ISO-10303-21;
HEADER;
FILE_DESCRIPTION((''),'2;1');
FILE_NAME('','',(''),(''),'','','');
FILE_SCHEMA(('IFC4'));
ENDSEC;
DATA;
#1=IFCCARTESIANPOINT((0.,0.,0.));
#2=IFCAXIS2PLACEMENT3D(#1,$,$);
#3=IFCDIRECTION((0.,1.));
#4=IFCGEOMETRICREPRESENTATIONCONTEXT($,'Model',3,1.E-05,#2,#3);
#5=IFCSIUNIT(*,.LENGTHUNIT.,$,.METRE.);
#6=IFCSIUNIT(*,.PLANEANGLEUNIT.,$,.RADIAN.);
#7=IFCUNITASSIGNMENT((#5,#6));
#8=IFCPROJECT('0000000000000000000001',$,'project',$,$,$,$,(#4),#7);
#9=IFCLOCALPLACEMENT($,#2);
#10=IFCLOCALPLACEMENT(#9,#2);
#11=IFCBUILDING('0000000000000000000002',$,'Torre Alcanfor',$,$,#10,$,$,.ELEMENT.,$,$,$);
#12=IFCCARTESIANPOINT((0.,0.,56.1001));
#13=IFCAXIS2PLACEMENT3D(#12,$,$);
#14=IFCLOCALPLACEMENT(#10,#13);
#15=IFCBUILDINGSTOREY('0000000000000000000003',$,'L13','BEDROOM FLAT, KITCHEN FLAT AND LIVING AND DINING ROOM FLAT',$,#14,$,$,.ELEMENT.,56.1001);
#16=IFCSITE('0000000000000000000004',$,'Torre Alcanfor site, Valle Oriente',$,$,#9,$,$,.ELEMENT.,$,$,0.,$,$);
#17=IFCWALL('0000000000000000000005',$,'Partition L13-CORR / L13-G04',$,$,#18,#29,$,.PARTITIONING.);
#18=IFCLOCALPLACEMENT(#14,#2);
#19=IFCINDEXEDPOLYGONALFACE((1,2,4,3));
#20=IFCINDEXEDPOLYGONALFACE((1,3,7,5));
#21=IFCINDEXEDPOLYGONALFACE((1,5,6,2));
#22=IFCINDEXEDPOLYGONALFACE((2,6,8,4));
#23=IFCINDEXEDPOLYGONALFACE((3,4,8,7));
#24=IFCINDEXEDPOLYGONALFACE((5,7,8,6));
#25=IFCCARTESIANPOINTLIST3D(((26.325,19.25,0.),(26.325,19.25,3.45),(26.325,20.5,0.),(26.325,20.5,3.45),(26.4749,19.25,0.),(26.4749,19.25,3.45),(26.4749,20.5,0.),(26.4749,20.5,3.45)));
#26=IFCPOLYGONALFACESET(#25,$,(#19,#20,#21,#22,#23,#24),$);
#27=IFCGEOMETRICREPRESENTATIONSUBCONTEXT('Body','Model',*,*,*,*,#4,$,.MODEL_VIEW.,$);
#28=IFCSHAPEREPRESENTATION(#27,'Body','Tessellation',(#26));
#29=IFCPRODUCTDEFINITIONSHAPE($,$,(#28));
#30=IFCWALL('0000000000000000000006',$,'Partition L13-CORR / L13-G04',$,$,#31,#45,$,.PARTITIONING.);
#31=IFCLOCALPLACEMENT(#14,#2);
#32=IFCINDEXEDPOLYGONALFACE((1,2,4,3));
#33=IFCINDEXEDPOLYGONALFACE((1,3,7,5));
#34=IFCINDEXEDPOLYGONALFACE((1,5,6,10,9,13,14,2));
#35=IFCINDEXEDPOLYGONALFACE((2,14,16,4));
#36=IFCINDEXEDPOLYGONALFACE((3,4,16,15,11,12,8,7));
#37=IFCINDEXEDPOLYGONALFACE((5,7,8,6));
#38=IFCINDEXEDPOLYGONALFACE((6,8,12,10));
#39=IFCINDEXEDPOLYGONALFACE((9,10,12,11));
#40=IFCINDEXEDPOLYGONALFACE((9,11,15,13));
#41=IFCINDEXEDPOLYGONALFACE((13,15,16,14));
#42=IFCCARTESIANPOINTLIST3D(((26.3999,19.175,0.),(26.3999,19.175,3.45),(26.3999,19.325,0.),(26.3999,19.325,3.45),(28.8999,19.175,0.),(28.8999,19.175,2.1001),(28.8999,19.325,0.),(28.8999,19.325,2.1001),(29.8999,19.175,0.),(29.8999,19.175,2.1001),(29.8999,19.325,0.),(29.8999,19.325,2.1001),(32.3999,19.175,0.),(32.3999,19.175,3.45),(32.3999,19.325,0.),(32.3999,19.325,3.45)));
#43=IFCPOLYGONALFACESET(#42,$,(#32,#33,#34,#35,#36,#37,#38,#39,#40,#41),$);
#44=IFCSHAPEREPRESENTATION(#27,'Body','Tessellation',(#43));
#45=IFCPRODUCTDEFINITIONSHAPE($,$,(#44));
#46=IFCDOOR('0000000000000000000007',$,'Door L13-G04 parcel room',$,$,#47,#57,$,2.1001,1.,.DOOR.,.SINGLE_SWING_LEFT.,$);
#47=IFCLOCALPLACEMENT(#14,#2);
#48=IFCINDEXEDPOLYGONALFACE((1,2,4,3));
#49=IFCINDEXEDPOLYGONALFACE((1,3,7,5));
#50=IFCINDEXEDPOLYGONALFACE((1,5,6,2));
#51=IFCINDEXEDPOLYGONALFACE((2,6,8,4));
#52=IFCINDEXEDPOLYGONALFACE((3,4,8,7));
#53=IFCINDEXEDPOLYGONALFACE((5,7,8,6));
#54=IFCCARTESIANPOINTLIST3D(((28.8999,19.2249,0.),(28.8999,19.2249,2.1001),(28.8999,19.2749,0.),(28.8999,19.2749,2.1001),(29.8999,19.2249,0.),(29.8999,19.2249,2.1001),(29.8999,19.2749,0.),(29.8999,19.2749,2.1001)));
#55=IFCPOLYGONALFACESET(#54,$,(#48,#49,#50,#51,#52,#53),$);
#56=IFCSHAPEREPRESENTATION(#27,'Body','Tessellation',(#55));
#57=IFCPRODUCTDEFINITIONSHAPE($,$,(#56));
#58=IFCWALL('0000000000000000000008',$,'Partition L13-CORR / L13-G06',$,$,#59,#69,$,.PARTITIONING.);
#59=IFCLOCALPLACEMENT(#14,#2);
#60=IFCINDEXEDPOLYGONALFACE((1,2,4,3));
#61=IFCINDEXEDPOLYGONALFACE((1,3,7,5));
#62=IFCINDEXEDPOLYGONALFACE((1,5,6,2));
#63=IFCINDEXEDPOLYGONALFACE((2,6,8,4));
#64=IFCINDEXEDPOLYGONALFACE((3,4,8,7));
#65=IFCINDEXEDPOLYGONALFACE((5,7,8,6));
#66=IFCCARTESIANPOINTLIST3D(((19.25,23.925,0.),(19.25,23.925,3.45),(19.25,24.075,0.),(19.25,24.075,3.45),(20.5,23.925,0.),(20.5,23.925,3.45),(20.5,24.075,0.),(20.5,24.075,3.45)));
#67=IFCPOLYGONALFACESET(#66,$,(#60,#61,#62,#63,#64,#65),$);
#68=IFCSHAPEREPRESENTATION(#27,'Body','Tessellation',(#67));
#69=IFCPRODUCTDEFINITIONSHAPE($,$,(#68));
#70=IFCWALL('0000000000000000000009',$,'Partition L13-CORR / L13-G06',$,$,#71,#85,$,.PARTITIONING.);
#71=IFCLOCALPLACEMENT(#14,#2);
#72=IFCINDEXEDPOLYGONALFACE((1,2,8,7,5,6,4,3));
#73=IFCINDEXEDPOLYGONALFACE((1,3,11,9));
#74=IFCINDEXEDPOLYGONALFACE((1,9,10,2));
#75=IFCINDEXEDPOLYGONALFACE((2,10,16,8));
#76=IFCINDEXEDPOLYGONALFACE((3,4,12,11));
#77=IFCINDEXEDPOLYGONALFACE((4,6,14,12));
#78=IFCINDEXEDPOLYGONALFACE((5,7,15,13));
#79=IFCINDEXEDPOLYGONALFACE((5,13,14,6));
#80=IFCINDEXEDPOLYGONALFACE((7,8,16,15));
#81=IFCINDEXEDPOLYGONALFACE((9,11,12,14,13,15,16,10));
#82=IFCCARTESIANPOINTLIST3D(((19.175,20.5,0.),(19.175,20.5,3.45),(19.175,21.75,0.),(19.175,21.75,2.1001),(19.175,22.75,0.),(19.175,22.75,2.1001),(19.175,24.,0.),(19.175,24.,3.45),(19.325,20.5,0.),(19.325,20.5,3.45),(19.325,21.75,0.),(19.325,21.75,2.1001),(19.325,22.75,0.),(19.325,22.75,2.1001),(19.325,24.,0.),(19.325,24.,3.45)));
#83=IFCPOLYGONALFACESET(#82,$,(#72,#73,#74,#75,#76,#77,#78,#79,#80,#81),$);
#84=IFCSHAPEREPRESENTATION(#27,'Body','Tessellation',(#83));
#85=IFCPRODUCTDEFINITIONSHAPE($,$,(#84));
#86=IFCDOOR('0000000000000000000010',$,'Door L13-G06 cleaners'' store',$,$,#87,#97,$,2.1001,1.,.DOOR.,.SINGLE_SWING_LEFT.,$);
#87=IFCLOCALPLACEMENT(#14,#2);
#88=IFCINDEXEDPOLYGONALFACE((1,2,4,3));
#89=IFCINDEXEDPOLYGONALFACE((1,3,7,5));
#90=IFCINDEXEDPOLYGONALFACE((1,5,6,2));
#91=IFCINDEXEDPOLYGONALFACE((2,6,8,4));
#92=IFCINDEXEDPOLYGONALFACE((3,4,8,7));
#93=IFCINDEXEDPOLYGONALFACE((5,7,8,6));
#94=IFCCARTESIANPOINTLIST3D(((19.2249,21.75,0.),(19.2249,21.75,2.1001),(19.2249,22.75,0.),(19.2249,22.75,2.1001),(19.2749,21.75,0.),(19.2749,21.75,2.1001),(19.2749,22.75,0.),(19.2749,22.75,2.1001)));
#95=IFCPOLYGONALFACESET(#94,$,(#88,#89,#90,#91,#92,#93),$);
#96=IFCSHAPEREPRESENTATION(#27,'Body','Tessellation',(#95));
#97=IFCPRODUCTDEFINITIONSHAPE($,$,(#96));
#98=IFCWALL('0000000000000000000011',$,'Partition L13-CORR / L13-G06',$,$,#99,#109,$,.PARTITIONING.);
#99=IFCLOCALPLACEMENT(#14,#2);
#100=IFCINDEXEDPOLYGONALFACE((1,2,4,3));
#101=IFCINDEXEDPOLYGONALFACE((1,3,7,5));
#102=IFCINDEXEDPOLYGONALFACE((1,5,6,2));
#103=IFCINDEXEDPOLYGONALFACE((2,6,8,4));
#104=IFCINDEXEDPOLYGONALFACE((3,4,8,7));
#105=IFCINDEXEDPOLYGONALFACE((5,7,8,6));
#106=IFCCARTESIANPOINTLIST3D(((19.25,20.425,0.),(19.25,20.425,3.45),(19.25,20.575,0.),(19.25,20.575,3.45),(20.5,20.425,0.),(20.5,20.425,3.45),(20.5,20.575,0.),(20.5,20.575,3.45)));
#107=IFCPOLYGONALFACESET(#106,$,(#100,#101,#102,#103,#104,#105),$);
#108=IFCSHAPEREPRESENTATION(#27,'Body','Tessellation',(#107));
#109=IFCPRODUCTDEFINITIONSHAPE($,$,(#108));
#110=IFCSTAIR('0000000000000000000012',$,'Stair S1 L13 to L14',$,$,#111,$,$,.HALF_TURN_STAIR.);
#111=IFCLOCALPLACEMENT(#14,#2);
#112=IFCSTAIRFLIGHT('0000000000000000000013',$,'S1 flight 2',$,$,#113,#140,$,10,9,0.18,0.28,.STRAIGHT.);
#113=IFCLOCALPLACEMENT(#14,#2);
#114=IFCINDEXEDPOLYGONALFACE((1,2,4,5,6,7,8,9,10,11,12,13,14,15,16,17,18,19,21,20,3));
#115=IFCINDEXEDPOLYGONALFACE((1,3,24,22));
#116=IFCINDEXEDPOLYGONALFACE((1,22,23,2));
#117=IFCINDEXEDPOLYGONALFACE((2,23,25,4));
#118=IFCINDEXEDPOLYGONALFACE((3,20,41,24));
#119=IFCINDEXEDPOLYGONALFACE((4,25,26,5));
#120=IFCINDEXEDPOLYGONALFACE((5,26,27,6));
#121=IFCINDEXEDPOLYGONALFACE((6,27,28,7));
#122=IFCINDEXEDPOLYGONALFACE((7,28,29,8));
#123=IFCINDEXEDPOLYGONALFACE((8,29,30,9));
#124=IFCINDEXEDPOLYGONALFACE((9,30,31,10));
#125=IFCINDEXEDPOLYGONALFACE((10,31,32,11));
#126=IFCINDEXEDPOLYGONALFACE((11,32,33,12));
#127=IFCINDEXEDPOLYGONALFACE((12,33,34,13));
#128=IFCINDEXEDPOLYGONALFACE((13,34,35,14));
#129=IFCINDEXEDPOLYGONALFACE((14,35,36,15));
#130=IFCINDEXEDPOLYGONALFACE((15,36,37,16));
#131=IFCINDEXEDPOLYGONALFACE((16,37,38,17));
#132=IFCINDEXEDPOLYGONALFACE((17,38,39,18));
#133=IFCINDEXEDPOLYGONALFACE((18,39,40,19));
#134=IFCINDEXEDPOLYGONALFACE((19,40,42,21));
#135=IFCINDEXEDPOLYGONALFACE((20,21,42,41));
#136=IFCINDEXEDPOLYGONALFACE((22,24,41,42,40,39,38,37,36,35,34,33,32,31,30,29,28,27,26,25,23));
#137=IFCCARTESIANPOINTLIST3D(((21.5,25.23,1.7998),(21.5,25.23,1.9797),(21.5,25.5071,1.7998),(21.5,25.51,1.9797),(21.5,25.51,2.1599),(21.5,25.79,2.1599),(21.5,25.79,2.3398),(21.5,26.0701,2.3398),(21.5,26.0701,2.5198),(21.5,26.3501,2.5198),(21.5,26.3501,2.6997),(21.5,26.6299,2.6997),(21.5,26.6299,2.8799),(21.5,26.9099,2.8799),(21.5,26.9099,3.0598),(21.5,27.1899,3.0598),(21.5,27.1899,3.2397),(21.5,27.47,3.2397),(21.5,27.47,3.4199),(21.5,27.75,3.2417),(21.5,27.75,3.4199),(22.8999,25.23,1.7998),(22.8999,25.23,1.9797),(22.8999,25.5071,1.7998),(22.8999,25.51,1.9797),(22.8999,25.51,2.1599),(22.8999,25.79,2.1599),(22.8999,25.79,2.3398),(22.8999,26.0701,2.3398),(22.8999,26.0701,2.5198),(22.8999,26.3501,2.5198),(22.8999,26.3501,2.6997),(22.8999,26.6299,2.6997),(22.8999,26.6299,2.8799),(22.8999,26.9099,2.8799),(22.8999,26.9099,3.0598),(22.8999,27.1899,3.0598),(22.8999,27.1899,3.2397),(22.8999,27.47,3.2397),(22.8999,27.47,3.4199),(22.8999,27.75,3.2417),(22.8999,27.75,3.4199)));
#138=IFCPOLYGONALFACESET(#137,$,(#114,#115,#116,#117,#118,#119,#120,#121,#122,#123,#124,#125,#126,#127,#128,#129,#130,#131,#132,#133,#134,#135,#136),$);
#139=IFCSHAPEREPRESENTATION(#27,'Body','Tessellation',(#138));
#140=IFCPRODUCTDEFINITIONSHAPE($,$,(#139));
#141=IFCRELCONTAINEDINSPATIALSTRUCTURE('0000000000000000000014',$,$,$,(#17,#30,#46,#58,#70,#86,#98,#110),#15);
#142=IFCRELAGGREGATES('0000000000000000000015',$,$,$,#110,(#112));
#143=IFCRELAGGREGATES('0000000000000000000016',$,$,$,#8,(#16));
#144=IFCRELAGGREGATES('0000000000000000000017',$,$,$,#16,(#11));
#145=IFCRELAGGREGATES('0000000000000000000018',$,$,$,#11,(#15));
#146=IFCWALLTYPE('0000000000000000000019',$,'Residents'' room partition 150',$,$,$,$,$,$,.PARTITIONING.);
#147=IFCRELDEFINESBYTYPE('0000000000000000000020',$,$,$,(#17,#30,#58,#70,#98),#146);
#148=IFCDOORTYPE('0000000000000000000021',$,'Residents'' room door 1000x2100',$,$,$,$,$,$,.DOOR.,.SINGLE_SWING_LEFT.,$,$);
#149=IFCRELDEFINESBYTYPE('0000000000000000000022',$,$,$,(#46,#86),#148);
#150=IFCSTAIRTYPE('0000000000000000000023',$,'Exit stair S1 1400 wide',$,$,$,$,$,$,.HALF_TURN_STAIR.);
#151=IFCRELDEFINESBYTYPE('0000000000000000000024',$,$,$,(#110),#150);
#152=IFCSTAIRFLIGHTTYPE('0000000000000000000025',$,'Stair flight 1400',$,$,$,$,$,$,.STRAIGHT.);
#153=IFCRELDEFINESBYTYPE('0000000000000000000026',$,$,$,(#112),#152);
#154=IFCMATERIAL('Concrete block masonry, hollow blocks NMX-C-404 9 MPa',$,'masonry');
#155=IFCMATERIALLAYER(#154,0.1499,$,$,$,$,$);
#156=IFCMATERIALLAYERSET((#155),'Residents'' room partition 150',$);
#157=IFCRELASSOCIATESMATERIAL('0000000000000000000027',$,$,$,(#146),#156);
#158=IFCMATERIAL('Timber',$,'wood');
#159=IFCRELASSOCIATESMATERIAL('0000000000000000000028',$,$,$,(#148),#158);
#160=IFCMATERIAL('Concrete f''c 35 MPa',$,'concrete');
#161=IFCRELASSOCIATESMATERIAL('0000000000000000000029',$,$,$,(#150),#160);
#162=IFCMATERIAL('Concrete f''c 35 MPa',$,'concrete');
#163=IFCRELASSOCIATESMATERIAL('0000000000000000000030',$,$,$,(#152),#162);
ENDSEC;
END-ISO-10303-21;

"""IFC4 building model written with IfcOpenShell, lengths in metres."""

from ifc_helpers import new_model, si_unit, direction, frame, frame_2d, origin, place, context, subcontext, project, spatial, polyline, rectangle, outline, extrude, material, layer, layer_set, type_object, element, fill, aggregate, save


model = new_model("IFC4")

# Units and contexts
model_context = context("Model", 3, precision=1e-05, world=origin(), true_north=direction((0.0, 1.0)))
body_context = subcontext(model_context, "Body", "Model", "MODEL_VIEW")
ifc_project = project(units=[si_unit("LENGTHUNIT", "METRE"), si_unit("PLANEANGLEUNIT", "RADIAN")], contexts=[model_context])

# Site, building, storey
site_placement = place(None, origin())
site = spatial("IfcSite", under=ifc_project, at=site_placement, Name="Torre Alcanfor site, Valle Oriente", CompositionType="ELEMENT", RefElevation=0.0)
building_placement = place(site_placement, origin())
building = spatial("IfcBuilding", under=site, at=building_placement, Name="Torre Alcanfor", CompositionType="ELEMENT")
storey_placement = place(building_placement, frame((0.0, 0.0, 56.1001)))
storey = spatial("IfcBuildingStorey", under=building, at=storey_placement, Name="L13", Description="BEDROOM FLAT, KITCHEN FLAT AND LIVING AND DINING ROOM FLAT", CompositionType="ELEMENT", Elevation=56.1001)

# Wall
ifc_material_1 = material(Name="Concrete block masonry, hollow blocks NMX-C-404 9 MPa", Category="masonry")
ifc_layer_1 = layer(ifc_material_1, 0.1499)
ifc_layer_set_1 = layer_set([ifc_layer_1], Name="Residents' room partition 150")
wall_type_1 = type_object("IfcWallType", Name="Residents' room partition 150", PredefinedType="PARTITIONING", material=ifc_layer_set_1)
wall_1_placement = place(storey_placement, frame((26.3999, 20.5, 0.0), z_axis=(0.0, 0.0, 1.0), x_axis=(0.0, -1.0, 0.0)))
element("IfcWall", 1, at=wall_1_placement, inside=storey, type_object=wall_type_1, Name="Partition L13-CORR / L13-G04", PredefinedType="PARTITIONING", context=body_context, shape_type="SweptSolid", body=[
    extrude(rectangle(XDim=1.25, YDim=0.1499, at=frame_2d((0.625, 0.0))), origin(), (0.0, 0.0, 1.0), 3.45),
])

# Wall, opening, door
wall_2_placement = place(storey_placement, frame((26.3999, 19.25, 0.0), z_axis=(0.0, 0.0, 1.0), x_axis=(1.0, 0.0, 0.0)))
wall_2 = element("IfcWall", 2, at=wall_2_placement, inside=storey, type_object=wall_type_1, Name="Partition L13-CORR / L13-G04", PredefinedType="PARTITIONING", context=body_context, shape_type="SweptSolid", body=[
    extrude(rectangle(XDim=6.0, YDim=0.1499, at=frame_2d((3.0, 0.0))), origin(), (0.0, 0.0, 1.0), 3.45),
])
opening_1_placement = place(wall_2_placement, frame((2.5, 0.0, 0.0)))
opening_1 = element("IfcOpeningElement", 3, at=opening_1_placement, cuts=wall_2, PredefinedType="OPENING", context=body_context, shape_type="SweptSolid", body=[
    extrude(rectangle(XDim=1.0, YDim=2.1001, at=frame_2d((0.5, 1.05))), frame((0.0, 0.085, 0.0), z_axis=(0.0, -1.0, 0.0), x_axis=(1.0, 0.0, 0.0)), (0.0, 0.0, 1.0), 0.1699),
])
ifc_material_2 = material(Name="Timber", Category="wood")
door_type_1 = type_object("IfcDoorType", Name="Residents' room door 1000x2100", OperationType="SINGLE_SWING_LEFT", PredefinedType="DOOR", material=ifc_material_2)
door_1_placement = place(opening_1_placement, origin())
door_1 = element("IfcDoor", 4, at=door_1_placement, inside=storey, type_object=door_type_1, Name="Door L13-G04 parcel room", OperationType="SINGLE_SWING_LEFT", OverallHeight=2.1001, OverallWidth=1.0, PredefinedType="DOOR", context=body_context, shape_type="SweptSolid", body=[
    extrude(rectangle(XDim=1.0, YDim=2.1001, at=frame_2d((0.5, 1.05))), frame((0.0, 0.0249, 0.0), z_axis=(0.0, -1.0, 0.0), x_axis=(1.0, 0.0, 0.0)), (0.0, 0.0, 1.0), 0.05),
])
fill(opening_1, door_1)

# Wall
wall_3_placement = place(storey_placement, frame((20.5, 24.0, 0.0), z_axis=(0.0, 0.0, 1.0), x_axis=(-1.0, 0.0, 0.0)))
element("IfcWall", 5, at=wall_3_placement, inside=storey, type_object=wall_type_1, Name="Partition L13-CORR / L13-G06", PredefinedType="PARTITIONING", context=body_context, shape_type="SweptSolid", body=[
    extrude(rectangle(XDim=1.25, YDim=0.1499, at=frame_2d((0.625, 0.0))), origin(), (0.0, 0.0, 1.0), 3.45),
])

# Wall, opening, door
wall_4_placement = place(storey_placement, frame((19.25, 24.0, 0.0), z_axis=(0.0, 0.0, 1.0), x_axis=(0.0, -1.0, 0.0)))
wall_4 = element("IfcWall", 6, at=wall_4_placement, inside=storey, type_object=wall_type_1, Name="Partition L13-CORR / L13-G06", PredefinedType="PARTITIONING", context=body_context, shape_type="SweptSolid", body=[
    extrude(rectangle(XDim=3.5, YDim=0.1499, at=frame_2d((1.75, 0.0))), origin(), (0.0, 0.0, 1.0), 3.45),
])
opening_2_placement = place(wall_4_placement, frame((1.25, 0.0, 0.0)))
opening_2 = element("IfcOpeningElement", 7, at=opening_2_placement, cuts=wall_4, PredefinedType="OPENING", context=body_context, shape_type="SweptSolid", body=[
    extrude(rectangle(XDim=1.0, YDim=2.1001, at=frame_2d((0.5, 1.05))), frame((0.0, 0.085, 0.0), z_axis=(0.0, -1.0, 0.0), x_axis=(1.0, 0.0, 0.0)), (0.0, 0.0, 1.0), 0.1699),
])
door_2_placement = place(opening_2_placement, origin())
door_2 = element("IfcDoor", 8, at=door_2_placement, inside=storey, type_object=door_type_1, Name="Door L13-G06 cleaners' store", OperationType="SINGLE_SWING_LEFT", OverallHeight=2.1001, OverallWidth=1.0, PredefinedType="DOOR", context=body_context, shape_type="SweptSolid", body=[
    extrude(rectangle(XDim=1.0, YDim=2.1001, at=frame_2d((0.5, 1.05))), frame((0.0, 0.0249, 0.0), z_axis=(0.0, -1.0, 0.0), x_axis=(1.0, 0.0, 0.0)), (0.0, 0.0, 1.0), 0.05),
])
fill(opening_2, door_2)

# Wall
wall_5_placement = place(storey_placement, frame((19.25, 20.5, 0.0), z_axis=(0.0, 0.0, 1.0), x_axis=(1.0, 0.0, 0.0)))
element("IfcWall", 9, at=wall_5_placement, inside=storey, type_object=wall_type_1, Name="Partition L13-CORR / L13-G06", PredefinedType="PARTITIONING", context=body_context, shape_type="SweptSolid", body=[
    extrude(rectangle(XDim=1.25, YDim=0.1499, at=frame_2d((0.625, 0.0))), origin(), (0.0, 0.0, 1.0), 3.45),
])

# Stair, stair flight
ifc_material_3 = material(Name="Concrete f'c 35 MPa", Category="concrete")
stair_type = type_object("IfcStairType", Name="Exit stair S1 1400 wide", PredefinedType="HALF_TURN_STAIR", material=ifc_material_3)
stair_placement = place(storey_placement, origin())
stair = element("IfcStair", 10, at=stair_placement, inside=storey, type_object=stair_type, Name="Stair S1 L13 to L14", PredefinedType="HALF_TURN_STAIR")
ifc_material_4 = material(Name="Concrete f'c 35 MPa", Category="concrete")
stair_flight_type = type_object("IfcStairFlightType", Name="Stair flight 1400", PredefinedType="STRAIGHT", material=ifc_material_4)
stair_flight_placement = place(storey_placement, frame((22.2, 25.23, 1.7998), z_axis=(0.0, 0.0, 1.0), x_axis=(0.0, 1.0, 0.0)))
stair_flight = element("IfcStairFlight", 11, at=stair_flight_placement, type_object=stair_flight_type, Name="S1 flight 2", NumberOfRisers=10, NumberOfTreads=9, PredefinedType="STRAIGHT", RiserHeight=0.18, TreadLength=0.28, context=body_context, shape_type="SweptSolid", body=[
    extrude(outline(polyline([(0.0, 0.0), (0.0, 0.1799), (0.28, 0.1799), (0.28, 0.3601), (0.5601, 0.3601), (0.5601, 0.54), (0.8401, 0.54), (0.8401, 0.72), (1.1201, 0.72), (1.1201, 0.8999), (1.3999, 0.8999), (1.3999, 1.0801), (1.6799, 1.0801), (1.6799, 1.26), (1.96, 1.26), (1.96, 1.4399), (2.24, 1.4399), (2.24, 1.6201), (2.52, 1.6201), (2.52, 1.8), (2.52, 1.4419), (0.2771, 0.0), (0.0, 0.0)])), frame((0.0, 0.7, 0.0), z_axis=(0.0, -1.0, 0.0), x_axis=(1.0, 0.0, 0.0)), (0.0, 0.0, 1.0), 1.3999),
])
aggregate(stair, [stair_flight])

save(model, "model.ifc")
